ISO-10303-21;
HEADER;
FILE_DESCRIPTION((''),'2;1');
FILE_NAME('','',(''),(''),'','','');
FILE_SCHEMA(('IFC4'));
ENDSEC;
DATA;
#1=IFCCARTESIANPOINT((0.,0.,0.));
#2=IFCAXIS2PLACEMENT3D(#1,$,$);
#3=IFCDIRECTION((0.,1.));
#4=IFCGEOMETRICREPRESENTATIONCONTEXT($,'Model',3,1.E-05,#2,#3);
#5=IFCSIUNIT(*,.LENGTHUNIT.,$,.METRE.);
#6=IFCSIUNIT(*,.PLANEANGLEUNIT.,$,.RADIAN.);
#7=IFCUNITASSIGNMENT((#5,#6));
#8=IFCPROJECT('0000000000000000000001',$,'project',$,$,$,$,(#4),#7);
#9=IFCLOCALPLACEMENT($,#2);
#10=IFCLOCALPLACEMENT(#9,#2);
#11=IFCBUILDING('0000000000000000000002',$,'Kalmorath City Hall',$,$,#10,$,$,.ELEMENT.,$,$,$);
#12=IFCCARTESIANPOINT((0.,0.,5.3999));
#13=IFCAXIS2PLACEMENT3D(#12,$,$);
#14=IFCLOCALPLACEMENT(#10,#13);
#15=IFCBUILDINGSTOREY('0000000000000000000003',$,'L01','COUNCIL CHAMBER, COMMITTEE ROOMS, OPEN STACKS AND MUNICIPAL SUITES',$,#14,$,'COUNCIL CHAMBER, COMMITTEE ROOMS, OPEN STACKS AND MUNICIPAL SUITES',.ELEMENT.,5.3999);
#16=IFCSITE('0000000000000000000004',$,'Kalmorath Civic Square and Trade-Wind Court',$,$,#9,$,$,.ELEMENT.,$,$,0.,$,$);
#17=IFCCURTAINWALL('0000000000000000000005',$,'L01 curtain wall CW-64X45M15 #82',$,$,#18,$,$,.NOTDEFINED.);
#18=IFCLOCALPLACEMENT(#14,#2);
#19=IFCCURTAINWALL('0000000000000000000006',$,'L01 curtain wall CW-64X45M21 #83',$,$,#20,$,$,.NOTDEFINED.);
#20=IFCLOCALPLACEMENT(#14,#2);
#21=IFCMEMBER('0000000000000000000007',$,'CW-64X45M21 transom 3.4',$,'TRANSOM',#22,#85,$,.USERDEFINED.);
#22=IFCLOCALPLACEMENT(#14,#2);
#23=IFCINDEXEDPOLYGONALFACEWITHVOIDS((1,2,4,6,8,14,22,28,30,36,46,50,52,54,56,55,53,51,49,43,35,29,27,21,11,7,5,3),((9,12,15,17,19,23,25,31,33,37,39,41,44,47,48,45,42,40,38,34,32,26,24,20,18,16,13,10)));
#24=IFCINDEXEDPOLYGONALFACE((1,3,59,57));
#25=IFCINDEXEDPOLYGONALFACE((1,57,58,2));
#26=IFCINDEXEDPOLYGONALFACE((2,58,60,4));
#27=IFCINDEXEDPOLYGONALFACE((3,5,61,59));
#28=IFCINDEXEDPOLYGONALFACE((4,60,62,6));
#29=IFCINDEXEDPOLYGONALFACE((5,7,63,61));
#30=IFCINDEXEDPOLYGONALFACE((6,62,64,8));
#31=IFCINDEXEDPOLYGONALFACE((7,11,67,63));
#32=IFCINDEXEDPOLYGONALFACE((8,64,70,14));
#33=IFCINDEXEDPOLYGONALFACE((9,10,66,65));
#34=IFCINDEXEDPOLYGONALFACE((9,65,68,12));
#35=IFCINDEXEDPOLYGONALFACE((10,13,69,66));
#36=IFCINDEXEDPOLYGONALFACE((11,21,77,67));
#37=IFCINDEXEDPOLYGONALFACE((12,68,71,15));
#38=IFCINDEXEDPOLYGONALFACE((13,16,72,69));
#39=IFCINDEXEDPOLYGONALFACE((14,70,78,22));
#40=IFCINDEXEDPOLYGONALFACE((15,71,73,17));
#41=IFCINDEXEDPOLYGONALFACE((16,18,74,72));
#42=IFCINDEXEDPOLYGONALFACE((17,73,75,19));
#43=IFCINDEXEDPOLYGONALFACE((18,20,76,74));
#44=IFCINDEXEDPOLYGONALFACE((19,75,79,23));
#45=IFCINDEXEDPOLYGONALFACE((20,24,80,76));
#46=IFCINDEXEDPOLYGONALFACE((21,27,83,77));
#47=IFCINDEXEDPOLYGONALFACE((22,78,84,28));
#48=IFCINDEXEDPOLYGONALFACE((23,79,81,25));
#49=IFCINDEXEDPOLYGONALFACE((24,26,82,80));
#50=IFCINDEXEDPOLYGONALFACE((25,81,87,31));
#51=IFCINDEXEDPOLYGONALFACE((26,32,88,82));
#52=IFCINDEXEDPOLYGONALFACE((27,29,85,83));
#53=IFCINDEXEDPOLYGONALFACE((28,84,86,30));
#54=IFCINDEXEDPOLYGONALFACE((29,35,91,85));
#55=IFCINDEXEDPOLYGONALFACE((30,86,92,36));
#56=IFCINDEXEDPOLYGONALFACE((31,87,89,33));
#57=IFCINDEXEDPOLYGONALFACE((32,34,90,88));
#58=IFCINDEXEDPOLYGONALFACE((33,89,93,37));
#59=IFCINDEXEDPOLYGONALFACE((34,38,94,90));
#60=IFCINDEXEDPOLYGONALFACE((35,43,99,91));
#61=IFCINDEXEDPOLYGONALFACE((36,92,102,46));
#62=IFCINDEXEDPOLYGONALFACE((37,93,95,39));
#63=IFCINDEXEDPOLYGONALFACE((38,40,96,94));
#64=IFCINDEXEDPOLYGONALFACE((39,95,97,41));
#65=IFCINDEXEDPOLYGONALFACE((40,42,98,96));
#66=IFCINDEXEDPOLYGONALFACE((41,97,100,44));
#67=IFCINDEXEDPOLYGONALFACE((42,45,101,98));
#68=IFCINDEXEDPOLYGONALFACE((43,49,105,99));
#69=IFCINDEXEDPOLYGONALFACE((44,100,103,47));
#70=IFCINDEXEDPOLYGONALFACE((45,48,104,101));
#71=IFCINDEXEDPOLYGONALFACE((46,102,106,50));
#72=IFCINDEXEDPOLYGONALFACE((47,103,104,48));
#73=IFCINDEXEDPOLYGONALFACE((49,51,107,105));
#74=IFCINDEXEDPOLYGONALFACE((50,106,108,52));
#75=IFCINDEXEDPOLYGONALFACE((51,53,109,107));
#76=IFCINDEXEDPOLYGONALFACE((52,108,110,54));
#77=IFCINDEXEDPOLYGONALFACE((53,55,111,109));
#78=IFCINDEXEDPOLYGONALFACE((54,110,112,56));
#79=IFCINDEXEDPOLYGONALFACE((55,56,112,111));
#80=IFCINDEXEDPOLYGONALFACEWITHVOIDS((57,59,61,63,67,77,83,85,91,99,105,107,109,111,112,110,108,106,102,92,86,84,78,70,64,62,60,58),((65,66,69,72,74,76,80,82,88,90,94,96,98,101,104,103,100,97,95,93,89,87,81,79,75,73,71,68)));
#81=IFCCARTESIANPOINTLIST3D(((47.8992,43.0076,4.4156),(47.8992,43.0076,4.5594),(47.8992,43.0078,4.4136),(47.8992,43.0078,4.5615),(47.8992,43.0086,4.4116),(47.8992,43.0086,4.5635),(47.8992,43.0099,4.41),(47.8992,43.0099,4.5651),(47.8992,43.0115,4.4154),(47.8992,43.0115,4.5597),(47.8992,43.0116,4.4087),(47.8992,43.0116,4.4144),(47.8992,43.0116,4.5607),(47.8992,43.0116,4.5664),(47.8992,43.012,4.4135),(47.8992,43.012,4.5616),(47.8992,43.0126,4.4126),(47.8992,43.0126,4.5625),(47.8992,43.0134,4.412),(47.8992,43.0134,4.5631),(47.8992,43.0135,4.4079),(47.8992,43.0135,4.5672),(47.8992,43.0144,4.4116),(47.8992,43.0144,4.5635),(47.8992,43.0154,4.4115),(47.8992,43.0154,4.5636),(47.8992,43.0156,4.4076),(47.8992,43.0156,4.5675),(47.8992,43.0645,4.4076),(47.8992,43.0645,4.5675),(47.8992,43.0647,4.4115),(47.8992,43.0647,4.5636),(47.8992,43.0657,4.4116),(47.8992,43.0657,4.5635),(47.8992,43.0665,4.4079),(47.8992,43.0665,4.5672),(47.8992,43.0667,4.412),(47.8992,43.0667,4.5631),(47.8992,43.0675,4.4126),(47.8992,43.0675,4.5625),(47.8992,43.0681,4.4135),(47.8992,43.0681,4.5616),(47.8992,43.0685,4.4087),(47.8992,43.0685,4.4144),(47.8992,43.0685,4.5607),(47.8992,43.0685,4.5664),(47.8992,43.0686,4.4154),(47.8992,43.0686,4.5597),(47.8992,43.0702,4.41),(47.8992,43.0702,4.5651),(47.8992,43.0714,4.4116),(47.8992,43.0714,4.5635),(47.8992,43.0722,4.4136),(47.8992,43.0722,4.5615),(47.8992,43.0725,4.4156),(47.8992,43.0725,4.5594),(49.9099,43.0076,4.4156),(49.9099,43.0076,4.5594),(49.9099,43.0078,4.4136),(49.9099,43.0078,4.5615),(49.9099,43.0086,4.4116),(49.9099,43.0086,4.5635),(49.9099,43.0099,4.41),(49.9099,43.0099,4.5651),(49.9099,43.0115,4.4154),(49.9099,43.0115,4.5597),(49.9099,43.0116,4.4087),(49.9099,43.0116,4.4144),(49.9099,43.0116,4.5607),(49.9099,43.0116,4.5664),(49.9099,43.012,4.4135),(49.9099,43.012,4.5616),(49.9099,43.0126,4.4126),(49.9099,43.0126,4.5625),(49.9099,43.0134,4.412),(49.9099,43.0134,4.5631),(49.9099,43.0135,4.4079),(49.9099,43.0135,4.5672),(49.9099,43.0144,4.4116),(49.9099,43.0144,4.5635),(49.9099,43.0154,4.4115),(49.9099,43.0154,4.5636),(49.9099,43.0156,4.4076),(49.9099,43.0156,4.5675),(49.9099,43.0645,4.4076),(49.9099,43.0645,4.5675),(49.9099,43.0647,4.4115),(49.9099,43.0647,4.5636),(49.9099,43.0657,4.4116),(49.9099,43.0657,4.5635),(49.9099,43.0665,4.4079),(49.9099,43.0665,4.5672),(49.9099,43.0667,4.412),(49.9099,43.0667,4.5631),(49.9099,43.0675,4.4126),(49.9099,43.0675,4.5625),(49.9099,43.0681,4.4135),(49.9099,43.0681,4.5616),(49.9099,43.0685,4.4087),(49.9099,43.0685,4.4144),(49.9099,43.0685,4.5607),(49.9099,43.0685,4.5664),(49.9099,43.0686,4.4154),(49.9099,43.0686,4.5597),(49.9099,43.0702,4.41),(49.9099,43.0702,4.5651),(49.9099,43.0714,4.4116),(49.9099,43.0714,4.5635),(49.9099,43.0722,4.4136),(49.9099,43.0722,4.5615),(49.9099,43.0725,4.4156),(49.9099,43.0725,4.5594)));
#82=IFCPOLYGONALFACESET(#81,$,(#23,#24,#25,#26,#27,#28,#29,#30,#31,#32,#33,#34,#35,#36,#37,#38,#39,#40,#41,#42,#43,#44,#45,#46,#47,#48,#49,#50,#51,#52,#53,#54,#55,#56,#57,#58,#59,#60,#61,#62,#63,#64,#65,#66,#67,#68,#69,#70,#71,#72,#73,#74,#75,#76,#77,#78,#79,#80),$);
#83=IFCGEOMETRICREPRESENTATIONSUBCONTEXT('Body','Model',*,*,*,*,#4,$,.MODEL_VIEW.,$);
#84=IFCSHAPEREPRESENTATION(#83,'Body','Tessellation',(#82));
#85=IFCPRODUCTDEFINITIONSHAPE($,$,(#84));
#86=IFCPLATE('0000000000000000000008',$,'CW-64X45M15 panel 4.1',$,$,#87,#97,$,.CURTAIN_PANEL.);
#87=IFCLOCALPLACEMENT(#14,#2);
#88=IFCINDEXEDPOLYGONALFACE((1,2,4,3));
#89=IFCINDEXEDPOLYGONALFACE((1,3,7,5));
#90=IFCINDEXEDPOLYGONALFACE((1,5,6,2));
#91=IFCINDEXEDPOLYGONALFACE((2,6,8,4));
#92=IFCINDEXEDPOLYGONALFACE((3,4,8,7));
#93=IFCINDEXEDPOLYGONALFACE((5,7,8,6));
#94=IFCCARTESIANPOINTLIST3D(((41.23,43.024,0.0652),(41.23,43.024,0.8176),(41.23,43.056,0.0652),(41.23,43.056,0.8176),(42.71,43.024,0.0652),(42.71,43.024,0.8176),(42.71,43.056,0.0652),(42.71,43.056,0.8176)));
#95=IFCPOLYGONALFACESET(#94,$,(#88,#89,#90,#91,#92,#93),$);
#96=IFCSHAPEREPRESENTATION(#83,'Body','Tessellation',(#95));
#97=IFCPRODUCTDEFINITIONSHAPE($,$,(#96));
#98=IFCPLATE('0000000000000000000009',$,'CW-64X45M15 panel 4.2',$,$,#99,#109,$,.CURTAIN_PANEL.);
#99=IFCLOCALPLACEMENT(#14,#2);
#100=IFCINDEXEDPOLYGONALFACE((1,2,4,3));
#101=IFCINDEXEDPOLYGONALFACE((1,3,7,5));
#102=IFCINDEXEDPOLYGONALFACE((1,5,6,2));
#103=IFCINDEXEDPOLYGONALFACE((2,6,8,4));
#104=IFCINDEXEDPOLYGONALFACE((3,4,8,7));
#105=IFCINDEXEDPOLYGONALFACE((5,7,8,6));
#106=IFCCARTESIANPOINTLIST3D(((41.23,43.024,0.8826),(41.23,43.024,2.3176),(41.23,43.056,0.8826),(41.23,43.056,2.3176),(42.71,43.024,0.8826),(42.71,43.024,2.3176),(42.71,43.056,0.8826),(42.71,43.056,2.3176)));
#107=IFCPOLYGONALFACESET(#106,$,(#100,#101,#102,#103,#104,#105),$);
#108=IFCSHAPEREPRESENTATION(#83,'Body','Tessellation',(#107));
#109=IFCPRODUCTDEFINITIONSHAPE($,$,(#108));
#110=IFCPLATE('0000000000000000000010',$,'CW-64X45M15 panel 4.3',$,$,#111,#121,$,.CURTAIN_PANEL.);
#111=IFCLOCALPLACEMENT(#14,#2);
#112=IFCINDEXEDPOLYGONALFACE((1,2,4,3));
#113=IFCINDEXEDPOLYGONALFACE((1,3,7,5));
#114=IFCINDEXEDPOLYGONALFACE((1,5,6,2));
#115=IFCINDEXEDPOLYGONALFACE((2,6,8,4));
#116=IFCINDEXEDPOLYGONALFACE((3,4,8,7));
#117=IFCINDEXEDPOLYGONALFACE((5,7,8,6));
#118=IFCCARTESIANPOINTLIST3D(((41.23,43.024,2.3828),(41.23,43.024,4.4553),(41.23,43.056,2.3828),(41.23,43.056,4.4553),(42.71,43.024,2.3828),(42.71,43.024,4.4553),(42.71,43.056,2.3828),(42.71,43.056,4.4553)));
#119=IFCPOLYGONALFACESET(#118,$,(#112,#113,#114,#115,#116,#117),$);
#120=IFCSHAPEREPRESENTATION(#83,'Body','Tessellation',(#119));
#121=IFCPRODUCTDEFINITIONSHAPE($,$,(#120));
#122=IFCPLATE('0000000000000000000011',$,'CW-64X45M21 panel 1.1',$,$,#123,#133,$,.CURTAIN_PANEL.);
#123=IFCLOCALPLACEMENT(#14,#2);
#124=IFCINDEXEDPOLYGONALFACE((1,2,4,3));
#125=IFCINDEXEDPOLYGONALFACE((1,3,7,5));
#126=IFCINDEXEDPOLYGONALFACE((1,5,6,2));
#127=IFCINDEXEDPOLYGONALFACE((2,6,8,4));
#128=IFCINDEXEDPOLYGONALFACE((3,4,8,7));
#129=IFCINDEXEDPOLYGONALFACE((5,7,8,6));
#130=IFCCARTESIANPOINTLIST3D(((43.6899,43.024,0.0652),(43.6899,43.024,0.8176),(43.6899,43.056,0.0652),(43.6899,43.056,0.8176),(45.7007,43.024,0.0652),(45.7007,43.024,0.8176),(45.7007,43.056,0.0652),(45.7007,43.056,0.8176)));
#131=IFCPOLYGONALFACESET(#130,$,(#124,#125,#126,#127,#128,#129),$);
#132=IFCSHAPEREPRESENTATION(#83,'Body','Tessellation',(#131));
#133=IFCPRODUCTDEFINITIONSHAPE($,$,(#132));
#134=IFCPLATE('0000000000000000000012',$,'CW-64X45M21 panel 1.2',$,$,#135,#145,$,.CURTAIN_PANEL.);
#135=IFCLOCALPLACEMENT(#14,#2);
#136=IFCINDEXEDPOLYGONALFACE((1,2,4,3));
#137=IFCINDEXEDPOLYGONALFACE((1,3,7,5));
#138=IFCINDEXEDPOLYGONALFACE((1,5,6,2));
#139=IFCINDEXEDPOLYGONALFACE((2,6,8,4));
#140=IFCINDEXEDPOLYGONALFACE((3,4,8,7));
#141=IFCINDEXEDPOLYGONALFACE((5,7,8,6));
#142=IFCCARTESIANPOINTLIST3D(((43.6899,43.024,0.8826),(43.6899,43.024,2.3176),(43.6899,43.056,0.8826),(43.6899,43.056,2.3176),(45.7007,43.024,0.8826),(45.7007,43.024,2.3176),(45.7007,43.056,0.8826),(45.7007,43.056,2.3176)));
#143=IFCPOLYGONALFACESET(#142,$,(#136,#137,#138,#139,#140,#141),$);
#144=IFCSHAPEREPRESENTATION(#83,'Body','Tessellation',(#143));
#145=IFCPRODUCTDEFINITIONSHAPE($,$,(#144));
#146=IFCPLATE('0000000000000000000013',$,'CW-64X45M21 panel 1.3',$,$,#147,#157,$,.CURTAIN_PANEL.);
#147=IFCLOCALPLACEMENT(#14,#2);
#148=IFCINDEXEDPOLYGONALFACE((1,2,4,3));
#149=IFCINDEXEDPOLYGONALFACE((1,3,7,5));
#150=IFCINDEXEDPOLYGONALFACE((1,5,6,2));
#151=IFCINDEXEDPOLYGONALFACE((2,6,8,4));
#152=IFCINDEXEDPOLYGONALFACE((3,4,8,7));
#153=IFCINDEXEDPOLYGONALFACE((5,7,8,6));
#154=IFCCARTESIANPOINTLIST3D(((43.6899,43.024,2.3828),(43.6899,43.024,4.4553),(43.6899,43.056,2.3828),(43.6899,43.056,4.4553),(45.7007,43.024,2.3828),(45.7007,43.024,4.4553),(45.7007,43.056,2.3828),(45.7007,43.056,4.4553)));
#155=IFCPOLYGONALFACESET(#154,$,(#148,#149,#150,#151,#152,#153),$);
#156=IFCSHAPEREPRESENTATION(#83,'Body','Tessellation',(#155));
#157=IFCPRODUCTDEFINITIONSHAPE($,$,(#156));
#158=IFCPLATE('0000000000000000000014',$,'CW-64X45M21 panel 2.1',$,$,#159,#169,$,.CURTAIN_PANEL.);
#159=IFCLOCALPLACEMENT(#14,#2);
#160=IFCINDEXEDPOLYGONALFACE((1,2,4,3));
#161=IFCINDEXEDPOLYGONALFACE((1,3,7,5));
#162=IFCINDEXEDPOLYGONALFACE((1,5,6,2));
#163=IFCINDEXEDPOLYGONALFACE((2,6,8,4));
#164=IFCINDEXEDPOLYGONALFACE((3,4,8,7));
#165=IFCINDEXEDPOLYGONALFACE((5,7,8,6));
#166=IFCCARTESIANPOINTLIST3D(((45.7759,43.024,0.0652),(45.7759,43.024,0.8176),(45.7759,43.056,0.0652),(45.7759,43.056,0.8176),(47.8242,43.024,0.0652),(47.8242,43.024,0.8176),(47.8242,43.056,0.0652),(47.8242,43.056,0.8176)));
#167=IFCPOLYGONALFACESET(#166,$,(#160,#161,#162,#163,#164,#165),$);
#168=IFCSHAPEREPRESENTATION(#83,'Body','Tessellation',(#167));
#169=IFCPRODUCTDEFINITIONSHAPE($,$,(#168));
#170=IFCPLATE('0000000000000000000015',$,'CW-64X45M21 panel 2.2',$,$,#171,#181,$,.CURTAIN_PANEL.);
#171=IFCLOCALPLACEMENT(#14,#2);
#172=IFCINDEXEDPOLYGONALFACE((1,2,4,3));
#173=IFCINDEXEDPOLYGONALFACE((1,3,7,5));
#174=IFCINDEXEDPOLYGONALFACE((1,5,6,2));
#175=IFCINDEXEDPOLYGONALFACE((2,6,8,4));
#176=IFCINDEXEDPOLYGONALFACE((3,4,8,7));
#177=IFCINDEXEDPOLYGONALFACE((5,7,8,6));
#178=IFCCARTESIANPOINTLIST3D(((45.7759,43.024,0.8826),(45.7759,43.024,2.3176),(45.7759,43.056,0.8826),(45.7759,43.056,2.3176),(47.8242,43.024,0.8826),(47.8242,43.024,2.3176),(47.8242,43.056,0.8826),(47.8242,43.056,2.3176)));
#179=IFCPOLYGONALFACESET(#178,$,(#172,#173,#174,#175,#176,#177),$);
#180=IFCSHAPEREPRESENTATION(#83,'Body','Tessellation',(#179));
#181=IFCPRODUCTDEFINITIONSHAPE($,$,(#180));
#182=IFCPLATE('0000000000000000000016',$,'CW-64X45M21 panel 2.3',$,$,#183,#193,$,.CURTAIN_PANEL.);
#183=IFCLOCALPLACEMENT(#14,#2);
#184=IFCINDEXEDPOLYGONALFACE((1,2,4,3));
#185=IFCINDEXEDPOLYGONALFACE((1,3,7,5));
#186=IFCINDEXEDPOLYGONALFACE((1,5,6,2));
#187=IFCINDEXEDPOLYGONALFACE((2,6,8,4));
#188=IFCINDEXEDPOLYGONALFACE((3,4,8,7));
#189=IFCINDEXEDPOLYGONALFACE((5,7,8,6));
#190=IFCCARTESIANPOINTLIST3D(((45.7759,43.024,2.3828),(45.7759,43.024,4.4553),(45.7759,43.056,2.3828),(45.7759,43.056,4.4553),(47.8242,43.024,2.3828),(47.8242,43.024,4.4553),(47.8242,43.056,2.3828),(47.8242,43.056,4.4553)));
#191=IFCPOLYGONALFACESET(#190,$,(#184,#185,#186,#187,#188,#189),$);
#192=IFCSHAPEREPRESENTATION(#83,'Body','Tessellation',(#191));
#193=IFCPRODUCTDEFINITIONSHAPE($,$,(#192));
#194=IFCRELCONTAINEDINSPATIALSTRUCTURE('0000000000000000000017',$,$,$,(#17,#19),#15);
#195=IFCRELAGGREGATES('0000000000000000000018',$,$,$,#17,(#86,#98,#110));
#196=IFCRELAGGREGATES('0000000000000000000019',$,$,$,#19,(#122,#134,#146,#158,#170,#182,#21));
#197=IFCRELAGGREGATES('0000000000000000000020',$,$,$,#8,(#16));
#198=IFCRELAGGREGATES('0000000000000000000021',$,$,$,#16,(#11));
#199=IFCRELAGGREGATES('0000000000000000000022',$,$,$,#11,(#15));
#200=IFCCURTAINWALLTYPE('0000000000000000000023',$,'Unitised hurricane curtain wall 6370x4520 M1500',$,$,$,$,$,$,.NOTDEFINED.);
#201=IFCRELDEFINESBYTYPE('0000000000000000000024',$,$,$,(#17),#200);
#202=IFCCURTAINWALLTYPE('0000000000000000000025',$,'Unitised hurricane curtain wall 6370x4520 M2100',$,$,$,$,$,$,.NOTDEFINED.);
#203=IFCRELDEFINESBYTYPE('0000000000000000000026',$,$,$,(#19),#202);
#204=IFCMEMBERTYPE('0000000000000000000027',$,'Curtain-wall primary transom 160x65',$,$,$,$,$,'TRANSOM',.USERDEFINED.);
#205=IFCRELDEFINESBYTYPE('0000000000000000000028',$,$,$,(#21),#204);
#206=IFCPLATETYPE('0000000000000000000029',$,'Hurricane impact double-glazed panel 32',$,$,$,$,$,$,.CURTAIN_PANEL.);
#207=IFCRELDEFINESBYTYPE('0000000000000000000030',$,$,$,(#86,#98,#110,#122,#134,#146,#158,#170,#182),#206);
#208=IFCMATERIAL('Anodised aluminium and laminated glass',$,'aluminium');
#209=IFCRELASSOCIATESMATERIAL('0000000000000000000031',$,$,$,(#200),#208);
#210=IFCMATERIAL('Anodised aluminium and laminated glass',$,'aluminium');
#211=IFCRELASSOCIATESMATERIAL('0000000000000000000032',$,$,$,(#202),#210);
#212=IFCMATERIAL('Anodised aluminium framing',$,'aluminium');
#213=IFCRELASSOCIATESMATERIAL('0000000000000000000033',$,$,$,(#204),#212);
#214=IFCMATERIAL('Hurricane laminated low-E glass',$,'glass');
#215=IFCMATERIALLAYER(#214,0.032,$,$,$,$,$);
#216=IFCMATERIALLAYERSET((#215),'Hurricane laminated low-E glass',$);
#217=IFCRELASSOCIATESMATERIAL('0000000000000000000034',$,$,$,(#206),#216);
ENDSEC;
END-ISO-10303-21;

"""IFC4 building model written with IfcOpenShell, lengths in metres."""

from ifc_helpers import new_model, si_unit, direction, frame, origin, origin_2d, place, context, subcontext, project, spatial, rectangle, hollow_rectangle, extrude, material, layer, layer_set, material_profile, profile_set, type_object, element, aggregate, save


model = new_model("IFC4")

# Units and contexts
model_context = context("Model", 3, precision=1e-05, world=origin(), true_north=direction((0.0, 1.0)))
body_context = subcontext(model_context, "Body", "Model", "MODEL_VIEW")
ifc_project = project(units=[si_unit("LENGTHUNIT", "METRE"), si_unit("PLANEANGLEUNIT", "RADIAN")], contexts=[model_context])

# Site, building, storey
site_placement = place(None, origin())
site = spatial("IfcSite", under=ifc_project, at=site_placement, Name="Kalmorath Civic Square and Trade-Wind Court", CompositionType="ELEMENT", RefElevation=0.0)
building_placement = place(site_placement, origin())
building = spatial("IfcBuilding", under=site, at=building_placement, Name="Kalmorath City Hall", CompositionType="ELEMENT")
storey_placement = place(building_placement, frame((0.0, 0.0, 5.3999)))
storey = spatial("IfcBuildingStorey", under=building, at=storey_placement, Name="L01", Description="COUNCIL CHAMBER, COMMITTEE ROOMS, OPEN STACKS AND MUNICIPAL SUITES", LongName="COUNCIL CHAMBER, COMMITTEE ROOMS, OPEN STACKS AND MUNICIPAL SUITES", CompositionType="ELEMENT", Elevation=5.3999)

# Curtain wall
ifc_material_1 = material(Name="Anodised aluminium and laminated glass", Category="aluminium")
curtain_wall_type_1 = type_object("IfcCurtainWallType", Name="Unitised hurricane curtain wall 6370x4520 M1500", PredefinedType="NOTDEFINED", material=ifc_material_1)
curtain_wall_1_placement = place(storey_placement, origin())
curtain_wall_1 = element("IfcCurtainWall", 1, at=curtain_wall_1_placement, inside=storey, type_object=curtain_wall_type_1, Name="L01 curtain wall CW-64X45M15 #82", PredefinedType="NOTDEFINED")

# Curtain wall
ifc_material_2 = material(Name="Anodised aluminium and laminated glass", Category="aluminium")
curtain_wall_type_2 = type_object("IfcCurtainWallType", Name="Unitised hurricane curtain wall 6370x4520 M2100", PredefinedType="NOTDEFINED", material=ifc_material_2)
curtain_wall_2_placement = place(storey_placement, origin())
curtain_wall_2 = element("IfcCurtainWall", 2, at=curtain_wall_2_placement, inside=storey, type_object=curtain_wall_type_2, Name="L01 curtain wall CW-64X45M21 #83", PredefinedType="NOTDEFINED")

# Member
ifc_material_3 = material(Name="Anodised aluminium framing", Category="aluminium")
ifc_material_profile_1 = material_profile(ifc_material_3, hollow_rectangle(XDim=0.0649, YDim=0.1599, WallThickness=0.0039, InnerFilletRadius=0.0039, OuterFilletRadius=0.0081, at=origin_2d()), Name="ALU-TRN-160X65X4")
ifc_profile_set_1 = profile_set([ifc_material_profile_1], Name="Anodised aluminium framing")
member_type_1 = type_object("IfcMemberType", Name="Curtain-wall primary transom 160x65", ElementType="TRANSOM", PredefinedType="USERDEFINED", material=ifc_profile_set_1)
member_1_placement = place(storey_placement, frame((47.8992, 43.04, 4.4875), z_axis=(1.0, 0.0, 0.0), x_axis=(0.0, 1.0, 0.0)))
member_1 = element("IfcMember", 3, at=member_1_placement, type_object=member_type_1, Name="CW-64X45M21 transom 3.4", ObjectType="TRANSOM", PredefinedType="USERDEFINED", context=body_context, shape_type="SweptSolid", body=[
    extrude(hollow_rectangle(XDim=0.0649, YDim=0.1599, WallThickness=0.0039, InnerFilletRadius=0.0039, OuterFilletRadius=0.0081, at=origin_2d()), origin(), (0.0, 0.0, 1.0), 2.0107),
])

# Plates
ifc_material_4 = material(Name="Hurricane laminated low-E glass", Category="glass")
ifc_layer = layer(ifc_material_4, 0.032)
ifc_layer_set = layer_set([ifc_layer], Name="Hurricane laminated low-E glass")
plate_type = type_object("IfcPlateType", Name="Hurricane impact double-glazed panel 32", PredefinedType="CURTAIN_PANEL", material=ifc_layer_set)
plate_1_placement = place(storey_placement, frame((41.97, 43.04, 0.0652), z_axis=(0.0, 0.0, 1.0), x_axis=(1.0, 0.0, 0.0)))
plate_1 = element("IfcPlate", 4, at=plate_1_placement, type_object=plate_type, Name="CW-64X45M15 panel 4.1", PredefinedType="CURTAIN_PANEL", context=body_context, shape_type="SweptSolid", body=[
    extrude(rectangle(XDim=1.48, YDim=0.032, at=origin_2d()), origin(), (0.0, 0.0, 1.0), 0.7524),
])
plate_2_placement = place(storey_placement, frame((41.97, 43.04, 0.8826), z_axis=(0.0, 0.0, 1.0), x_axis=(1.0, 0.0, 0.0)))
plate_2 = element("IfcPlate", 5, at=plate_2_placement, type_object=plate_type, Name="CW-64X45M15 panel 4.2", PredefinedType="CURTAIN_PANEL", context=body_context, shape_type="SweptSolid", body=[
    extrude(rectangle(XDim=1.48, YDim=0.032, at=origin_2d()), origin(), (0.0, 0.0, 1.0), 1.4351),
])
plate_3_placement = place(storey_placement, frame((41.97, 43.04, 2.3828), z_axis=(0.0, 0.0, 1.0), x_axis=(1.0, 0.0, 0.0)))
plate_3 = element("IfcPlate", 6, at=plate_3_placement, type_object=plate_type, Name="CW-64X45M15 panel 4.3", PredefinedType="CURTAIN_PANEL", context=body_context, shape_type="SweptSolid", body=[
    extrude(rectangle(XDim=1.48, YDim=0.032, at=origin_2d()), origin(), (0.0, 0.0, 1.0), 2.0725),
])
aggregate(curtain_wall_1, [plate_1, plate_2, plate_3])
plate_4_placement = place(storey_placement, frame((44.6953, 43.04, 0.0652), z_axis=(0.0, 0.0, 1.0), x_axis=(1.0, 0.0, 0.0)))
plate_4 = element("IfcPlate", 7, at=plate_4_placement, type_object=plate_type, Name="CW-64X45M21 panel 1.1", PredefinedType="CURTAIN_PANEL", context=body_context, shape_type="SweptSolid", body=[
    extrude(rectangle(XDim=2.0107, YDim=0.032, at=origin_2d()), origin(), (0.0, 0.0, 1.0), 0.7524),
])
plate_5_placement = place(storey_placement, frame((44.6953, 43.04, 0.8826), z_axis=(0.0, 0.0, 1.0), x_axis=(1.0, 0.0, 0.0)))
plate_5 = element("IfcPlate", 8, at=plate_5_placement, type_object=plate_type, Name="CW-64X45M21 panel 1.2", PredefinedType="CURTAIN_PANEL", context=body_context, shape_type="SweptSolid", body=[
    extrude(rectangle(XDim=2.0107, YDim=0.032, at=origin_2d()), origin(), (0.0, 0.0, 1.0), 1.4351),
])
plate_6_placement = place(storey_placement, frame((44.6953, 43.04, 2.3828), z_axis=(0.0, 0.0, 1.0), x_axis=(1.0, 0.0, 0.0)))
plate_6 = element("IfcPlate", 9, at=plate_6_placement, type_object=plate_type, Name="CW-64X45M21 panel 1.3", PredefinedType="CURTAIN_PANEL", context=body_context, shape_type="SweptSolid", body=[
    extrude(rectangle(XDim=2.0107, YDim=0.032, at=origin_2d()), origin(), (0.0, 0.0, 1.0), 2.0725),
])
plate_7_placement = place(storey_placement, frame((46.8, 43.04, 0.0652), z_axis=(0.0, 0.0, 1.0), x_axis=(1.0, 0.0, 0.0)))
plate_7 = element("IfcPlate", 10, at=plate_7_placement, type_object=plate_type, Name="CW-64X45M21 panel 2.1", PredefinedType="CURTAIN_PANEL", context=body_context, shape_type="SweptSolid", body=[
    extrude(rectangle(XDim=2.0483, YDim=0.032, at=origin_2d()), origin(), (0.0, 0.0, 1.0), 0.7524),
])
plate_8_placement = place(storey_placement, frame((46.8, 43.04, 0.8826), z_axis=(0.0, 0.0, 1.0), x_axis=(1.0, 0.0, 0.0)))
plate_8 = element("IfcPlate", 11, at=plate_8_placement, type_object=plate_type, Name="CW-64X45M21 panel 2.2", PredefinedType="CURTAIN_PANEL", context=body_context, shape_type="SweptSolid", body=[
    extrude(rectangle(XDim=2.0483, YDim=0.032, at=origin_2d()), origin(), (0.0, 0.0, 1.0), 1.4351),
])
plate_9_placement = place(storey_placement, frame((46.8, 43.04, 2.3828), z_axis=(0.0, 0.0, 1.0), x_axis=(1.0, 0.0, 0.0)))
plate_9 = element("IfcPlate", 12, at=plate_9_placement, type_object=plate_type, Name="CW-64X45M21 panel 2.3", PredefinedType="CURTAIN_PANEL", context=body_context, shape_type="SweptSolid", body=[
    extrude(rectangle(XDim=2.0483, YDim=0.032, at=origin_2d()), origin(), (0.0, 0.0, 1.0), 2.0725),
])
aggregate(curtain_wall_2, [plate_4, plate_5, plate_6, plate_7, plate_8, plate_9, member_1])

save(model, "model.ifc")
